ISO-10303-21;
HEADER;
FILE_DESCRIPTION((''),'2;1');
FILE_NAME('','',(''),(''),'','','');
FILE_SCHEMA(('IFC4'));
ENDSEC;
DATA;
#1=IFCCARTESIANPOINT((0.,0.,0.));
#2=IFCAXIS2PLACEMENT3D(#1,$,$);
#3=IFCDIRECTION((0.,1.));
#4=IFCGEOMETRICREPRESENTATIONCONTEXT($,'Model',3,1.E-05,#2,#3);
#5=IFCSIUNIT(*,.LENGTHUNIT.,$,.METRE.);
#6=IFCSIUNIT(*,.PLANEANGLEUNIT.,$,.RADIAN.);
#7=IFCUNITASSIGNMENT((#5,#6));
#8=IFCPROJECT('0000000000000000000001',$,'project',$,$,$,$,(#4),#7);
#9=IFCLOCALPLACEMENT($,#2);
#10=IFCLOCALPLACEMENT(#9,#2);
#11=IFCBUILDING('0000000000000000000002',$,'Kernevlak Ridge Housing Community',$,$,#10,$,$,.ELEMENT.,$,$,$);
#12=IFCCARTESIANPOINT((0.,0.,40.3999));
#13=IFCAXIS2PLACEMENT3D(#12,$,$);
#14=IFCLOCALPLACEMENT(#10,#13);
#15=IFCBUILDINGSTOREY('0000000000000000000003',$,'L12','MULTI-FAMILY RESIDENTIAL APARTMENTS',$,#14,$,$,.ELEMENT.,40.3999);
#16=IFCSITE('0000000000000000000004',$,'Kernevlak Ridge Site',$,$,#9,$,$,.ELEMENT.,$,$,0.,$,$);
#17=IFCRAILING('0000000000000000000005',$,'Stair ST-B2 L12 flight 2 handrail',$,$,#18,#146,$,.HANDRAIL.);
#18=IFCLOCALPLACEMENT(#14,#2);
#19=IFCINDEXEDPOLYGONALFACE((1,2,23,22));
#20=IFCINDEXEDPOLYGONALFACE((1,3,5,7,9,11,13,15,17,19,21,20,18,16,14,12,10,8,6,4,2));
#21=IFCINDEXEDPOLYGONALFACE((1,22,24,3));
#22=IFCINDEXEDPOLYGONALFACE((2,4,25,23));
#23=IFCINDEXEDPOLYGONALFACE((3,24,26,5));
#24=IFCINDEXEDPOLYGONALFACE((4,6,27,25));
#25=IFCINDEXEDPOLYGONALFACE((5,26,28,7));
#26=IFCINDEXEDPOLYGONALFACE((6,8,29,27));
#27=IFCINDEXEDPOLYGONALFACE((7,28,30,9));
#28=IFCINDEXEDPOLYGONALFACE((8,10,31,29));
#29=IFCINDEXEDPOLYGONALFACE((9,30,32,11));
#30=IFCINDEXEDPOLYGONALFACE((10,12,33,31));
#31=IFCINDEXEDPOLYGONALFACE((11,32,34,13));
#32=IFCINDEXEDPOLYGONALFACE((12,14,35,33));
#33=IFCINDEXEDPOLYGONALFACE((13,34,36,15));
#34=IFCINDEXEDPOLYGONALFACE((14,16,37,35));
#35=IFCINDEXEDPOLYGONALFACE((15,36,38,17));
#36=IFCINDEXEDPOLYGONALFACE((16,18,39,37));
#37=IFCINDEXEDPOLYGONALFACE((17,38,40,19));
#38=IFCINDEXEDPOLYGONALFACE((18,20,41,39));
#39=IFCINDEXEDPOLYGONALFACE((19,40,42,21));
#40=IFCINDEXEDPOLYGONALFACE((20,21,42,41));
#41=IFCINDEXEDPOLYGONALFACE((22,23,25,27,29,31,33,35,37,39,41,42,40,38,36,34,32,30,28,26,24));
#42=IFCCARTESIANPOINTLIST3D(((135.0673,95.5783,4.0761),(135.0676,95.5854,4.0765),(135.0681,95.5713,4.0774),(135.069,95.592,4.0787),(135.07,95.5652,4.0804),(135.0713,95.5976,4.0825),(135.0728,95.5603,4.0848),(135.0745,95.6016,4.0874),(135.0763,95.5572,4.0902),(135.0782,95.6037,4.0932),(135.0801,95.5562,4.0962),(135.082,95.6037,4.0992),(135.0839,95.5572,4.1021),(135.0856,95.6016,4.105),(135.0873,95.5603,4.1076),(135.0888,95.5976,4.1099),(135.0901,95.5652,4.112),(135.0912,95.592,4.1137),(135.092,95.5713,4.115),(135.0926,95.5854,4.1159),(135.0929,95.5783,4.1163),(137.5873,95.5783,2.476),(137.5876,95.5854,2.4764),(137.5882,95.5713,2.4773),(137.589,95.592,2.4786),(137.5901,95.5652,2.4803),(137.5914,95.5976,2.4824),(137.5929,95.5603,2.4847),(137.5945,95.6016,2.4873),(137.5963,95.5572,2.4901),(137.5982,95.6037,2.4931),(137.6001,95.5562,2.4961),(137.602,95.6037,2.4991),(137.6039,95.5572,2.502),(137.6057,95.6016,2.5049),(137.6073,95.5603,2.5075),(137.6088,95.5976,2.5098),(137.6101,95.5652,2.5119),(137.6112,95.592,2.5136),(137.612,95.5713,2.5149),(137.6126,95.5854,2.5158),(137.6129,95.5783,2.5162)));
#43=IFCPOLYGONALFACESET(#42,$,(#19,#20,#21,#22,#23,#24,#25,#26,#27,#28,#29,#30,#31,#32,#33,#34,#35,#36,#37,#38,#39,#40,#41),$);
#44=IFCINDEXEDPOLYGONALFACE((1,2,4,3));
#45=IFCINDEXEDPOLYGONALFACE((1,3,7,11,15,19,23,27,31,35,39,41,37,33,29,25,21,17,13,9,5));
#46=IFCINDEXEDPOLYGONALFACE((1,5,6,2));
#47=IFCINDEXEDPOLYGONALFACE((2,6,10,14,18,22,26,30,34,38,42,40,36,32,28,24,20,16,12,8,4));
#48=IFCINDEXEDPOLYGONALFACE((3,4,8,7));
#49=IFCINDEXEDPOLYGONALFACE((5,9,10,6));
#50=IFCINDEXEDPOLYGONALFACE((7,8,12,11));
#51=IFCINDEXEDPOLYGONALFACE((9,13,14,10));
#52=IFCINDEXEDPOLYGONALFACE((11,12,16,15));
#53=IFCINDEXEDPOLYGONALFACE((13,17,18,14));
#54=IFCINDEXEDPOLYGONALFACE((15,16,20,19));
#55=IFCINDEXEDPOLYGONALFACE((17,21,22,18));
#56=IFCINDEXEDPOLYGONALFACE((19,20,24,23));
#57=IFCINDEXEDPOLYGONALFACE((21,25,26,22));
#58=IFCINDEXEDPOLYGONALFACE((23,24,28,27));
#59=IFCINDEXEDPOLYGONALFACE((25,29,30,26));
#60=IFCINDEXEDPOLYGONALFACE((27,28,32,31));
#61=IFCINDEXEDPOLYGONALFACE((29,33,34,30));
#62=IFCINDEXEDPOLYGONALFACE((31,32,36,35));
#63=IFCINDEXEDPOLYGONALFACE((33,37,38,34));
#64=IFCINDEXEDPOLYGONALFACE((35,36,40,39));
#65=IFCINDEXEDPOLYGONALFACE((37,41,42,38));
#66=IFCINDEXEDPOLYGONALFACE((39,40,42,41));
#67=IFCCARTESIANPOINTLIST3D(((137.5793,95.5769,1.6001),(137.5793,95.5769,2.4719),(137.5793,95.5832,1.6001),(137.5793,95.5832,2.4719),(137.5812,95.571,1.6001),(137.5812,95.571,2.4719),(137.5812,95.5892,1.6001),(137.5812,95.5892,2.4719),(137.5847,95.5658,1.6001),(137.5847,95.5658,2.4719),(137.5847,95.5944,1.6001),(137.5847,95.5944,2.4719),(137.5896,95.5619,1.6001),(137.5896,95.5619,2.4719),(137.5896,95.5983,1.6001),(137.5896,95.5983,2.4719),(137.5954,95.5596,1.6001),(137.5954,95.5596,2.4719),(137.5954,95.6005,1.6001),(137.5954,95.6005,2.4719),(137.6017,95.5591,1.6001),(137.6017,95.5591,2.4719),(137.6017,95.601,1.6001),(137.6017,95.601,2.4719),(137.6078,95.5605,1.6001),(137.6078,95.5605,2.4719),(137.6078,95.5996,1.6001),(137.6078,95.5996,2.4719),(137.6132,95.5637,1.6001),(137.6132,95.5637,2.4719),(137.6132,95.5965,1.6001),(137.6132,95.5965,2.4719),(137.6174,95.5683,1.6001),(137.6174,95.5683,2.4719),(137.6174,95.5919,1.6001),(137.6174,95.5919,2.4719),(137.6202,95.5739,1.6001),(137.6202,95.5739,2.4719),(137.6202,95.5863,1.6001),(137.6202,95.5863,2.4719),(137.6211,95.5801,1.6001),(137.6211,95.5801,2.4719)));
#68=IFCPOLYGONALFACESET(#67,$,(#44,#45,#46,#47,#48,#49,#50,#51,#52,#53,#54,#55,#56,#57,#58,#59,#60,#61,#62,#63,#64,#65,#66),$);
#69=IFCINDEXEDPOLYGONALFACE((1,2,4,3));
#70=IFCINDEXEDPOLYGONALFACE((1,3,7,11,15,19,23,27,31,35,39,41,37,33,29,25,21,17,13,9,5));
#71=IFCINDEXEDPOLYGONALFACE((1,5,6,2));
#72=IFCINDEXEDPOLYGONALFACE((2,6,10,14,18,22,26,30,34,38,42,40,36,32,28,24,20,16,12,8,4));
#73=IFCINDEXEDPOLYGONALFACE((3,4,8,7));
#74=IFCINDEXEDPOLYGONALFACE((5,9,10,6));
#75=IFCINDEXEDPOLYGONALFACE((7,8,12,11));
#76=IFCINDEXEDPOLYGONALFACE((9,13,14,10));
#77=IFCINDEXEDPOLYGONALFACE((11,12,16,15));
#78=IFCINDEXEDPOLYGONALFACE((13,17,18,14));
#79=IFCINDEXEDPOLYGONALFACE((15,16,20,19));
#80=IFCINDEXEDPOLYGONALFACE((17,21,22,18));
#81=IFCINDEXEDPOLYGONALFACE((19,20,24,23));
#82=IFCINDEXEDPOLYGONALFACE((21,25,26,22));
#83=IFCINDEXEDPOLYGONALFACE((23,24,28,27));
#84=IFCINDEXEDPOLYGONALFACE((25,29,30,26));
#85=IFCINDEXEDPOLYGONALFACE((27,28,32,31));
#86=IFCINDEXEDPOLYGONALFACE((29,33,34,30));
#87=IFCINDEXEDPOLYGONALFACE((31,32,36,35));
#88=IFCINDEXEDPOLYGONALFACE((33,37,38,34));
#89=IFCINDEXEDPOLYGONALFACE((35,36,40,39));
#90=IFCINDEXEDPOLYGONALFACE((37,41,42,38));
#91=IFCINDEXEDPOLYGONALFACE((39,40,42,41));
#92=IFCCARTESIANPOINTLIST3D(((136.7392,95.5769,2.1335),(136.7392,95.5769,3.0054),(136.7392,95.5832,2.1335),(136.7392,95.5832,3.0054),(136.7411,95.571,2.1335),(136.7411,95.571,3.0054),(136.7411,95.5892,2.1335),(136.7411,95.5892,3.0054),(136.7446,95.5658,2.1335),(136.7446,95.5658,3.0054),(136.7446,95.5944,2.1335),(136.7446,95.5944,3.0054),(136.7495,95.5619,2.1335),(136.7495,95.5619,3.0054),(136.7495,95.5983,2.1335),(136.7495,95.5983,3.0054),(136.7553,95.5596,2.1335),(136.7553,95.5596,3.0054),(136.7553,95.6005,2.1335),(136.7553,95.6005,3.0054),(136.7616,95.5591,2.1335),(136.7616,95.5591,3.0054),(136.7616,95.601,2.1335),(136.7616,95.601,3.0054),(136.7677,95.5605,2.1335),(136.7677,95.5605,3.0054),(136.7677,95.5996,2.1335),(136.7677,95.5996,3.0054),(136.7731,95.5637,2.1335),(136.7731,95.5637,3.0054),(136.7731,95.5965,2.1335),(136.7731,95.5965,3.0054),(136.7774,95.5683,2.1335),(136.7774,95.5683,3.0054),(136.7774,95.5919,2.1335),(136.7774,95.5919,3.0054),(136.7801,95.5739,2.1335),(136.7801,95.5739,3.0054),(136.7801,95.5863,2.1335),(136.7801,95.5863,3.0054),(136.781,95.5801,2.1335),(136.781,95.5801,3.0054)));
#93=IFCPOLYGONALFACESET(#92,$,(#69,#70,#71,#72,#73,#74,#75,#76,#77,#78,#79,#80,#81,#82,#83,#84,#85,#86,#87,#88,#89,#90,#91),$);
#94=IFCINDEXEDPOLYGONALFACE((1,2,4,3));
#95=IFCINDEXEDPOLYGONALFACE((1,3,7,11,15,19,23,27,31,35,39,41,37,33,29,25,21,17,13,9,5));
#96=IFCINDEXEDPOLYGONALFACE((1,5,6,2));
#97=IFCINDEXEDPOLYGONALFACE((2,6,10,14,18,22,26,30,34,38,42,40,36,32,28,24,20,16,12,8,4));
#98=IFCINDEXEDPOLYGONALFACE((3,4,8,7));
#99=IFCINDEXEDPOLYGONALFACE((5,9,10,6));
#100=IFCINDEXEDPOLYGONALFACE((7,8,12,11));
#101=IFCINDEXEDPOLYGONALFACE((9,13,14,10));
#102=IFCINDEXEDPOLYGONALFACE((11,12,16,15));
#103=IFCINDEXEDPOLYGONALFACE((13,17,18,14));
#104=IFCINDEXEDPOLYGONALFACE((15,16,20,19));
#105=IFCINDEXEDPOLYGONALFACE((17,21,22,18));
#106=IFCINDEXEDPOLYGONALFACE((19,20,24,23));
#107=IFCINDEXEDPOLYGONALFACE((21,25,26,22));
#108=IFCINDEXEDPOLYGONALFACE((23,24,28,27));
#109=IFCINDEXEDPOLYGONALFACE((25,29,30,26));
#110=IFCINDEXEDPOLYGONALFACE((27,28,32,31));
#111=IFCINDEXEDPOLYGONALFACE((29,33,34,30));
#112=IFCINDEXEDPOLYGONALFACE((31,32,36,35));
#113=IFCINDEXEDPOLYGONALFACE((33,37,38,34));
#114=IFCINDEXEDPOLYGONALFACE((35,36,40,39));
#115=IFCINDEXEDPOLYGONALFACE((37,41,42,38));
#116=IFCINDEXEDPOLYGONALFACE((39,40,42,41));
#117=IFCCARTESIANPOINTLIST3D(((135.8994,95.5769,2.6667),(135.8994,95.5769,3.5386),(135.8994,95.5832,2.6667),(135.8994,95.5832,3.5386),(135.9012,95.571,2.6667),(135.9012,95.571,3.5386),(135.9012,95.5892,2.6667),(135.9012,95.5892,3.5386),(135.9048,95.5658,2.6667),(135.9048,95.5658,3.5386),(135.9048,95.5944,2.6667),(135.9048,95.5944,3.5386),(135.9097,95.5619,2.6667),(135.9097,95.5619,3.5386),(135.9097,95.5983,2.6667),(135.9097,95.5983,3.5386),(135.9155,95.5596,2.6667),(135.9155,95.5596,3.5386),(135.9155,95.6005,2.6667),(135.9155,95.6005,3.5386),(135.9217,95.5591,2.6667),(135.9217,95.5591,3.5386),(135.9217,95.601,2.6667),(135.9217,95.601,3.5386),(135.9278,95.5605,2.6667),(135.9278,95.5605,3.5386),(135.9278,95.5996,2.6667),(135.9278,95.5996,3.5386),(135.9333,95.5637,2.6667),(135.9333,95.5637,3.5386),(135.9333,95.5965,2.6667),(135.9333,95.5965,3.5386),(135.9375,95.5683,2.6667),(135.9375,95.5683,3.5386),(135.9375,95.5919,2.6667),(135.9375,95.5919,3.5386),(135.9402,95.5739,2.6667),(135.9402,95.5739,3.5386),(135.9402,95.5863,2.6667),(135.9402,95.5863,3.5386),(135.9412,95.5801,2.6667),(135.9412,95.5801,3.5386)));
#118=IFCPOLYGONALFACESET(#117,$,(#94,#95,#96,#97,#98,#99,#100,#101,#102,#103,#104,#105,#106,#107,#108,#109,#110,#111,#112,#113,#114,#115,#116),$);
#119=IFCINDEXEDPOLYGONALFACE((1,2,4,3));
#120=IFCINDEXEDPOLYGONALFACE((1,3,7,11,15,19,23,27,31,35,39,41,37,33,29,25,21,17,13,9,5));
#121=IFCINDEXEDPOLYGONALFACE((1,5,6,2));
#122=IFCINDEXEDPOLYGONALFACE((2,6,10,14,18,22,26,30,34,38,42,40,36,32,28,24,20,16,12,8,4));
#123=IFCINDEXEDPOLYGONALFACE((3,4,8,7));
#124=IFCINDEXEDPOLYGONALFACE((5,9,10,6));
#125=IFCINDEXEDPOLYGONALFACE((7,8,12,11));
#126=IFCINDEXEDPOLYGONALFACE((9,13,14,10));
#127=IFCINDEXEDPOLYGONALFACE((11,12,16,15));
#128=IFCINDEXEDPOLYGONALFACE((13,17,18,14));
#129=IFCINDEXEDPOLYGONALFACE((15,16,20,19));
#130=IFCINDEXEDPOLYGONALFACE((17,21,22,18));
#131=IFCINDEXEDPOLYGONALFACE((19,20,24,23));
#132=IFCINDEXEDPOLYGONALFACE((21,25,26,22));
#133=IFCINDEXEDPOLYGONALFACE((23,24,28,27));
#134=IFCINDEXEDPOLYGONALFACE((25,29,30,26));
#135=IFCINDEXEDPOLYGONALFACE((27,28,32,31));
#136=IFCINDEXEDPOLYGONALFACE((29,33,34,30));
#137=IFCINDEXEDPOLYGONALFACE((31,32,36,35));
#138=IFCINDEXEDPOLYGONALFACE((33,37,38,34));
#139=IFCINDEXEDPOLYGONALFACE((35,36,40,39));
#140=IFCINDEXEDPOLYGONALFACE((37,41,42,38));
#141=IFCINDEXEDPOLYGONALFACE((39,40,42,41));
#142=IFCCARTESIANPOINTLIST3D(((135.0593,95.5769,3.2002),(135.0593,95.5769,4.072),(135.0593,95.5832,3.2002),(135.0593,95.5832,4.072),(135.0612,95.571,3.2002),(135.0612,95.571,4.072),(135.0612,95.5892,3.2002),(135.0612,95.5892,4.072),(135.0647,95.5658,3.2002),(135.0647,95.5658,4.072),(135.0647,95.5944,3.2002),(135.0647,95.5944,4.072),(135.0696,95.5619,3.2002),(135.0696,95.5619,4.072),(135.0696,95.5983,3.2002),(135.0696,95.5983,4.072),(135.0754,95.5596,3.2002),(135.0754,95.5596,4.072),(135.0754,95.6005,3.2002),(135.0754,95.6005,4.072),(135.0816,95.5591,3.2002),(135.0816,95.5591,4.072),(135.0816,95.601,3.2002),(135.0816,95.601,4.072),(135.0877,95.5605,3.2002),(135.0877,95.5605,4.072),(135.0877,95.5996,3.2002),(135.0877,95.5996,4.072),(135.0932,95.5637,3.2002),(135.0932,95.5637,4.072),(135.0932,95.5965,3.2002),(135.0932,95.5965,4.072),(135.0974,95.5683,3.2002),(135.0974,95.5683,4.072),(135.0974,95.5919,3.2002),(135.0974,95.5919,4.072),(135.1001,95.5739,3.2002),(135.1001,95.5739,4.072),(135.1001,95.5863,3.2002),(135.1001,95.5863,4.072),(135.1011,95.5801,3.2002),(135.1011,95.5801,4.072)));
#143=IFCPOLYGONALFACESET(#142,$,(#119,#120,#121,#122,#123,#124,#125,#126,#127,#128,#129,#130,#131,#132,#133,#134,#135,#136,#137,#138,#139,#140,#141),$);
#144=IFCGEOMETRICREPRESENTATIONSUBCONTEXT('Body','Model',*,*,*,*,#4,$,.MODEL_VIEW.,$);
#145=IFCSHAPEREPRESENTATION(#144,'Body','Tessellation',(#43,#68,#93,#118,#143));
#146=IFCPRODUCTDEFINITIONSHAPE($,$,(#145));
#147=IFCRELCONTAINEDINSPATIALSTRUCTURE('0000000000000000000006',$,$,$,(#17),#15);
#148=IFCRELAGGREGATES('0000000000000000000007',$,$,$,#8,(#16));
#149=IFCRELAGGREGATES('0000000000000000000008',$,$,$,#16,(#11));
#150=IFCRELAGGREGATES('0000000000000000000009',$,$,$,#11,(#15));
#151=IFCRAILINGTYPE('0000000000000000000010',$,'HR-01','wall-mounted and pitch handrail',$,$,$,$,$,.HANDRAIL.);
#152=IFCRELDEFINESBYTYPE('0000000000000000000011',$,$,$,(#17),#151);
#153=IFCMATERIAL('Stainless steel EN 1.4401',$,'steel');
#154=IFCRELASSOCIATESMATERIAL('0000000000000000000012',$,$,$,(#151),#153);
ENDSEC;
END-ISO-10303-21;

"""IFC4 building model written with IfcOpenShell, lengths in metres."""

from ifc_helpers import new_model, si_unit, direction, frame, origin, origin_2d, place, context, subcontext, project, spatial, circle, extrude, material, type_object, element, save


model = new_model("IFC4")

# Units and contexts
model_context = context("Model", 3, precision=1e-05, world=origin(), true_north=direction((0.0, 1.0)))
body_context = subcontext(model_context, "Body", "Model", "MODEL_VIEW")
ifc_project = project(units=[si_unit("LENGTHUNIT", "METRE"), si_unit("PLANEANGLEUNIT", "RADIAN")], contexts=[model_context])

# Site, building, storey
site_placement = place(None, origin())
site = spatial("IfcSite", under=ifc_project, at=site_placement, Name="Kernevlak Ridge Site", CompositionType="ELEMENT", RefElevation=0.0)
building_placement = place(site_placement, origin())
building = spatial("IfcBuilding", under=site, at=building_placement, Name="Kernevlak Ridge Housing Community", CompositionType="ELEMENT")
storey_placement = place(building_placement, frame((0.0, 0.0, 40.3999)))
storey = spatial("IfcBuildingStorey", under=building, at=storey_placement, Name="L12", Description="MULTI-FAMILY RESIDENTIAL APARTMENTS", CompositionType="ELEMENT", Elevation=40.3999)

# Railing
ifc_material_1 = material(Name="Stainless steel EN 1.4401", Category="steel")
railing_type_1 = type_object("IfcRailingType", Name="HR-01", Description="wall-mounted and pitch handrail", PredefinedType="HANDRAIL", material=ifc_material_1)
railing_1_placement = place(storey_placement, frame((137.6001, 95.5801, 1.6001)))
element("IfcRailing", 1, at=railing_1_placement, inside=storey, type_object=railing_type_1, Name="Stair ST-B2 L12 flight 2 handrail", PredefinedType="HANDRAIL", context=body_context, shape_type="SweptSolid", body=[
    extrude(circle(Radius=0.0239, at=origin_2d()), frame((0.0, 0.0, 0.896), z_axis=(-0.8442, 0.0, 0.536028), x_axis=(0.0, -1.0, 0.0)), (0.0, 0.0, 1.0), 2.9851),
    extrude(circle(Radius=0.021, at=origin_2d()), origin(), (0.0, 0.0, 1.0), 0.8718),
    extrude(circle(Radius=0.021, at=origin_2d()), frame((-0.8401, 0.0, 0.5334)), (0.0, 0.0, 1.0), 0.8718),
    extrude(circle(Radius=0.021, at=origin_2d()), frame((-1.6799, 0.0, 1.0667)), (0.0, 0.0, 1.0), 0.8718),
    extrude(circle(Radius=0.021, at=origin_2d()), frame((-2.52, 0.0, 1.6001)), (0.0, 0.0, 1.0), 0.8718),
])

save(model, "model.ifc")
